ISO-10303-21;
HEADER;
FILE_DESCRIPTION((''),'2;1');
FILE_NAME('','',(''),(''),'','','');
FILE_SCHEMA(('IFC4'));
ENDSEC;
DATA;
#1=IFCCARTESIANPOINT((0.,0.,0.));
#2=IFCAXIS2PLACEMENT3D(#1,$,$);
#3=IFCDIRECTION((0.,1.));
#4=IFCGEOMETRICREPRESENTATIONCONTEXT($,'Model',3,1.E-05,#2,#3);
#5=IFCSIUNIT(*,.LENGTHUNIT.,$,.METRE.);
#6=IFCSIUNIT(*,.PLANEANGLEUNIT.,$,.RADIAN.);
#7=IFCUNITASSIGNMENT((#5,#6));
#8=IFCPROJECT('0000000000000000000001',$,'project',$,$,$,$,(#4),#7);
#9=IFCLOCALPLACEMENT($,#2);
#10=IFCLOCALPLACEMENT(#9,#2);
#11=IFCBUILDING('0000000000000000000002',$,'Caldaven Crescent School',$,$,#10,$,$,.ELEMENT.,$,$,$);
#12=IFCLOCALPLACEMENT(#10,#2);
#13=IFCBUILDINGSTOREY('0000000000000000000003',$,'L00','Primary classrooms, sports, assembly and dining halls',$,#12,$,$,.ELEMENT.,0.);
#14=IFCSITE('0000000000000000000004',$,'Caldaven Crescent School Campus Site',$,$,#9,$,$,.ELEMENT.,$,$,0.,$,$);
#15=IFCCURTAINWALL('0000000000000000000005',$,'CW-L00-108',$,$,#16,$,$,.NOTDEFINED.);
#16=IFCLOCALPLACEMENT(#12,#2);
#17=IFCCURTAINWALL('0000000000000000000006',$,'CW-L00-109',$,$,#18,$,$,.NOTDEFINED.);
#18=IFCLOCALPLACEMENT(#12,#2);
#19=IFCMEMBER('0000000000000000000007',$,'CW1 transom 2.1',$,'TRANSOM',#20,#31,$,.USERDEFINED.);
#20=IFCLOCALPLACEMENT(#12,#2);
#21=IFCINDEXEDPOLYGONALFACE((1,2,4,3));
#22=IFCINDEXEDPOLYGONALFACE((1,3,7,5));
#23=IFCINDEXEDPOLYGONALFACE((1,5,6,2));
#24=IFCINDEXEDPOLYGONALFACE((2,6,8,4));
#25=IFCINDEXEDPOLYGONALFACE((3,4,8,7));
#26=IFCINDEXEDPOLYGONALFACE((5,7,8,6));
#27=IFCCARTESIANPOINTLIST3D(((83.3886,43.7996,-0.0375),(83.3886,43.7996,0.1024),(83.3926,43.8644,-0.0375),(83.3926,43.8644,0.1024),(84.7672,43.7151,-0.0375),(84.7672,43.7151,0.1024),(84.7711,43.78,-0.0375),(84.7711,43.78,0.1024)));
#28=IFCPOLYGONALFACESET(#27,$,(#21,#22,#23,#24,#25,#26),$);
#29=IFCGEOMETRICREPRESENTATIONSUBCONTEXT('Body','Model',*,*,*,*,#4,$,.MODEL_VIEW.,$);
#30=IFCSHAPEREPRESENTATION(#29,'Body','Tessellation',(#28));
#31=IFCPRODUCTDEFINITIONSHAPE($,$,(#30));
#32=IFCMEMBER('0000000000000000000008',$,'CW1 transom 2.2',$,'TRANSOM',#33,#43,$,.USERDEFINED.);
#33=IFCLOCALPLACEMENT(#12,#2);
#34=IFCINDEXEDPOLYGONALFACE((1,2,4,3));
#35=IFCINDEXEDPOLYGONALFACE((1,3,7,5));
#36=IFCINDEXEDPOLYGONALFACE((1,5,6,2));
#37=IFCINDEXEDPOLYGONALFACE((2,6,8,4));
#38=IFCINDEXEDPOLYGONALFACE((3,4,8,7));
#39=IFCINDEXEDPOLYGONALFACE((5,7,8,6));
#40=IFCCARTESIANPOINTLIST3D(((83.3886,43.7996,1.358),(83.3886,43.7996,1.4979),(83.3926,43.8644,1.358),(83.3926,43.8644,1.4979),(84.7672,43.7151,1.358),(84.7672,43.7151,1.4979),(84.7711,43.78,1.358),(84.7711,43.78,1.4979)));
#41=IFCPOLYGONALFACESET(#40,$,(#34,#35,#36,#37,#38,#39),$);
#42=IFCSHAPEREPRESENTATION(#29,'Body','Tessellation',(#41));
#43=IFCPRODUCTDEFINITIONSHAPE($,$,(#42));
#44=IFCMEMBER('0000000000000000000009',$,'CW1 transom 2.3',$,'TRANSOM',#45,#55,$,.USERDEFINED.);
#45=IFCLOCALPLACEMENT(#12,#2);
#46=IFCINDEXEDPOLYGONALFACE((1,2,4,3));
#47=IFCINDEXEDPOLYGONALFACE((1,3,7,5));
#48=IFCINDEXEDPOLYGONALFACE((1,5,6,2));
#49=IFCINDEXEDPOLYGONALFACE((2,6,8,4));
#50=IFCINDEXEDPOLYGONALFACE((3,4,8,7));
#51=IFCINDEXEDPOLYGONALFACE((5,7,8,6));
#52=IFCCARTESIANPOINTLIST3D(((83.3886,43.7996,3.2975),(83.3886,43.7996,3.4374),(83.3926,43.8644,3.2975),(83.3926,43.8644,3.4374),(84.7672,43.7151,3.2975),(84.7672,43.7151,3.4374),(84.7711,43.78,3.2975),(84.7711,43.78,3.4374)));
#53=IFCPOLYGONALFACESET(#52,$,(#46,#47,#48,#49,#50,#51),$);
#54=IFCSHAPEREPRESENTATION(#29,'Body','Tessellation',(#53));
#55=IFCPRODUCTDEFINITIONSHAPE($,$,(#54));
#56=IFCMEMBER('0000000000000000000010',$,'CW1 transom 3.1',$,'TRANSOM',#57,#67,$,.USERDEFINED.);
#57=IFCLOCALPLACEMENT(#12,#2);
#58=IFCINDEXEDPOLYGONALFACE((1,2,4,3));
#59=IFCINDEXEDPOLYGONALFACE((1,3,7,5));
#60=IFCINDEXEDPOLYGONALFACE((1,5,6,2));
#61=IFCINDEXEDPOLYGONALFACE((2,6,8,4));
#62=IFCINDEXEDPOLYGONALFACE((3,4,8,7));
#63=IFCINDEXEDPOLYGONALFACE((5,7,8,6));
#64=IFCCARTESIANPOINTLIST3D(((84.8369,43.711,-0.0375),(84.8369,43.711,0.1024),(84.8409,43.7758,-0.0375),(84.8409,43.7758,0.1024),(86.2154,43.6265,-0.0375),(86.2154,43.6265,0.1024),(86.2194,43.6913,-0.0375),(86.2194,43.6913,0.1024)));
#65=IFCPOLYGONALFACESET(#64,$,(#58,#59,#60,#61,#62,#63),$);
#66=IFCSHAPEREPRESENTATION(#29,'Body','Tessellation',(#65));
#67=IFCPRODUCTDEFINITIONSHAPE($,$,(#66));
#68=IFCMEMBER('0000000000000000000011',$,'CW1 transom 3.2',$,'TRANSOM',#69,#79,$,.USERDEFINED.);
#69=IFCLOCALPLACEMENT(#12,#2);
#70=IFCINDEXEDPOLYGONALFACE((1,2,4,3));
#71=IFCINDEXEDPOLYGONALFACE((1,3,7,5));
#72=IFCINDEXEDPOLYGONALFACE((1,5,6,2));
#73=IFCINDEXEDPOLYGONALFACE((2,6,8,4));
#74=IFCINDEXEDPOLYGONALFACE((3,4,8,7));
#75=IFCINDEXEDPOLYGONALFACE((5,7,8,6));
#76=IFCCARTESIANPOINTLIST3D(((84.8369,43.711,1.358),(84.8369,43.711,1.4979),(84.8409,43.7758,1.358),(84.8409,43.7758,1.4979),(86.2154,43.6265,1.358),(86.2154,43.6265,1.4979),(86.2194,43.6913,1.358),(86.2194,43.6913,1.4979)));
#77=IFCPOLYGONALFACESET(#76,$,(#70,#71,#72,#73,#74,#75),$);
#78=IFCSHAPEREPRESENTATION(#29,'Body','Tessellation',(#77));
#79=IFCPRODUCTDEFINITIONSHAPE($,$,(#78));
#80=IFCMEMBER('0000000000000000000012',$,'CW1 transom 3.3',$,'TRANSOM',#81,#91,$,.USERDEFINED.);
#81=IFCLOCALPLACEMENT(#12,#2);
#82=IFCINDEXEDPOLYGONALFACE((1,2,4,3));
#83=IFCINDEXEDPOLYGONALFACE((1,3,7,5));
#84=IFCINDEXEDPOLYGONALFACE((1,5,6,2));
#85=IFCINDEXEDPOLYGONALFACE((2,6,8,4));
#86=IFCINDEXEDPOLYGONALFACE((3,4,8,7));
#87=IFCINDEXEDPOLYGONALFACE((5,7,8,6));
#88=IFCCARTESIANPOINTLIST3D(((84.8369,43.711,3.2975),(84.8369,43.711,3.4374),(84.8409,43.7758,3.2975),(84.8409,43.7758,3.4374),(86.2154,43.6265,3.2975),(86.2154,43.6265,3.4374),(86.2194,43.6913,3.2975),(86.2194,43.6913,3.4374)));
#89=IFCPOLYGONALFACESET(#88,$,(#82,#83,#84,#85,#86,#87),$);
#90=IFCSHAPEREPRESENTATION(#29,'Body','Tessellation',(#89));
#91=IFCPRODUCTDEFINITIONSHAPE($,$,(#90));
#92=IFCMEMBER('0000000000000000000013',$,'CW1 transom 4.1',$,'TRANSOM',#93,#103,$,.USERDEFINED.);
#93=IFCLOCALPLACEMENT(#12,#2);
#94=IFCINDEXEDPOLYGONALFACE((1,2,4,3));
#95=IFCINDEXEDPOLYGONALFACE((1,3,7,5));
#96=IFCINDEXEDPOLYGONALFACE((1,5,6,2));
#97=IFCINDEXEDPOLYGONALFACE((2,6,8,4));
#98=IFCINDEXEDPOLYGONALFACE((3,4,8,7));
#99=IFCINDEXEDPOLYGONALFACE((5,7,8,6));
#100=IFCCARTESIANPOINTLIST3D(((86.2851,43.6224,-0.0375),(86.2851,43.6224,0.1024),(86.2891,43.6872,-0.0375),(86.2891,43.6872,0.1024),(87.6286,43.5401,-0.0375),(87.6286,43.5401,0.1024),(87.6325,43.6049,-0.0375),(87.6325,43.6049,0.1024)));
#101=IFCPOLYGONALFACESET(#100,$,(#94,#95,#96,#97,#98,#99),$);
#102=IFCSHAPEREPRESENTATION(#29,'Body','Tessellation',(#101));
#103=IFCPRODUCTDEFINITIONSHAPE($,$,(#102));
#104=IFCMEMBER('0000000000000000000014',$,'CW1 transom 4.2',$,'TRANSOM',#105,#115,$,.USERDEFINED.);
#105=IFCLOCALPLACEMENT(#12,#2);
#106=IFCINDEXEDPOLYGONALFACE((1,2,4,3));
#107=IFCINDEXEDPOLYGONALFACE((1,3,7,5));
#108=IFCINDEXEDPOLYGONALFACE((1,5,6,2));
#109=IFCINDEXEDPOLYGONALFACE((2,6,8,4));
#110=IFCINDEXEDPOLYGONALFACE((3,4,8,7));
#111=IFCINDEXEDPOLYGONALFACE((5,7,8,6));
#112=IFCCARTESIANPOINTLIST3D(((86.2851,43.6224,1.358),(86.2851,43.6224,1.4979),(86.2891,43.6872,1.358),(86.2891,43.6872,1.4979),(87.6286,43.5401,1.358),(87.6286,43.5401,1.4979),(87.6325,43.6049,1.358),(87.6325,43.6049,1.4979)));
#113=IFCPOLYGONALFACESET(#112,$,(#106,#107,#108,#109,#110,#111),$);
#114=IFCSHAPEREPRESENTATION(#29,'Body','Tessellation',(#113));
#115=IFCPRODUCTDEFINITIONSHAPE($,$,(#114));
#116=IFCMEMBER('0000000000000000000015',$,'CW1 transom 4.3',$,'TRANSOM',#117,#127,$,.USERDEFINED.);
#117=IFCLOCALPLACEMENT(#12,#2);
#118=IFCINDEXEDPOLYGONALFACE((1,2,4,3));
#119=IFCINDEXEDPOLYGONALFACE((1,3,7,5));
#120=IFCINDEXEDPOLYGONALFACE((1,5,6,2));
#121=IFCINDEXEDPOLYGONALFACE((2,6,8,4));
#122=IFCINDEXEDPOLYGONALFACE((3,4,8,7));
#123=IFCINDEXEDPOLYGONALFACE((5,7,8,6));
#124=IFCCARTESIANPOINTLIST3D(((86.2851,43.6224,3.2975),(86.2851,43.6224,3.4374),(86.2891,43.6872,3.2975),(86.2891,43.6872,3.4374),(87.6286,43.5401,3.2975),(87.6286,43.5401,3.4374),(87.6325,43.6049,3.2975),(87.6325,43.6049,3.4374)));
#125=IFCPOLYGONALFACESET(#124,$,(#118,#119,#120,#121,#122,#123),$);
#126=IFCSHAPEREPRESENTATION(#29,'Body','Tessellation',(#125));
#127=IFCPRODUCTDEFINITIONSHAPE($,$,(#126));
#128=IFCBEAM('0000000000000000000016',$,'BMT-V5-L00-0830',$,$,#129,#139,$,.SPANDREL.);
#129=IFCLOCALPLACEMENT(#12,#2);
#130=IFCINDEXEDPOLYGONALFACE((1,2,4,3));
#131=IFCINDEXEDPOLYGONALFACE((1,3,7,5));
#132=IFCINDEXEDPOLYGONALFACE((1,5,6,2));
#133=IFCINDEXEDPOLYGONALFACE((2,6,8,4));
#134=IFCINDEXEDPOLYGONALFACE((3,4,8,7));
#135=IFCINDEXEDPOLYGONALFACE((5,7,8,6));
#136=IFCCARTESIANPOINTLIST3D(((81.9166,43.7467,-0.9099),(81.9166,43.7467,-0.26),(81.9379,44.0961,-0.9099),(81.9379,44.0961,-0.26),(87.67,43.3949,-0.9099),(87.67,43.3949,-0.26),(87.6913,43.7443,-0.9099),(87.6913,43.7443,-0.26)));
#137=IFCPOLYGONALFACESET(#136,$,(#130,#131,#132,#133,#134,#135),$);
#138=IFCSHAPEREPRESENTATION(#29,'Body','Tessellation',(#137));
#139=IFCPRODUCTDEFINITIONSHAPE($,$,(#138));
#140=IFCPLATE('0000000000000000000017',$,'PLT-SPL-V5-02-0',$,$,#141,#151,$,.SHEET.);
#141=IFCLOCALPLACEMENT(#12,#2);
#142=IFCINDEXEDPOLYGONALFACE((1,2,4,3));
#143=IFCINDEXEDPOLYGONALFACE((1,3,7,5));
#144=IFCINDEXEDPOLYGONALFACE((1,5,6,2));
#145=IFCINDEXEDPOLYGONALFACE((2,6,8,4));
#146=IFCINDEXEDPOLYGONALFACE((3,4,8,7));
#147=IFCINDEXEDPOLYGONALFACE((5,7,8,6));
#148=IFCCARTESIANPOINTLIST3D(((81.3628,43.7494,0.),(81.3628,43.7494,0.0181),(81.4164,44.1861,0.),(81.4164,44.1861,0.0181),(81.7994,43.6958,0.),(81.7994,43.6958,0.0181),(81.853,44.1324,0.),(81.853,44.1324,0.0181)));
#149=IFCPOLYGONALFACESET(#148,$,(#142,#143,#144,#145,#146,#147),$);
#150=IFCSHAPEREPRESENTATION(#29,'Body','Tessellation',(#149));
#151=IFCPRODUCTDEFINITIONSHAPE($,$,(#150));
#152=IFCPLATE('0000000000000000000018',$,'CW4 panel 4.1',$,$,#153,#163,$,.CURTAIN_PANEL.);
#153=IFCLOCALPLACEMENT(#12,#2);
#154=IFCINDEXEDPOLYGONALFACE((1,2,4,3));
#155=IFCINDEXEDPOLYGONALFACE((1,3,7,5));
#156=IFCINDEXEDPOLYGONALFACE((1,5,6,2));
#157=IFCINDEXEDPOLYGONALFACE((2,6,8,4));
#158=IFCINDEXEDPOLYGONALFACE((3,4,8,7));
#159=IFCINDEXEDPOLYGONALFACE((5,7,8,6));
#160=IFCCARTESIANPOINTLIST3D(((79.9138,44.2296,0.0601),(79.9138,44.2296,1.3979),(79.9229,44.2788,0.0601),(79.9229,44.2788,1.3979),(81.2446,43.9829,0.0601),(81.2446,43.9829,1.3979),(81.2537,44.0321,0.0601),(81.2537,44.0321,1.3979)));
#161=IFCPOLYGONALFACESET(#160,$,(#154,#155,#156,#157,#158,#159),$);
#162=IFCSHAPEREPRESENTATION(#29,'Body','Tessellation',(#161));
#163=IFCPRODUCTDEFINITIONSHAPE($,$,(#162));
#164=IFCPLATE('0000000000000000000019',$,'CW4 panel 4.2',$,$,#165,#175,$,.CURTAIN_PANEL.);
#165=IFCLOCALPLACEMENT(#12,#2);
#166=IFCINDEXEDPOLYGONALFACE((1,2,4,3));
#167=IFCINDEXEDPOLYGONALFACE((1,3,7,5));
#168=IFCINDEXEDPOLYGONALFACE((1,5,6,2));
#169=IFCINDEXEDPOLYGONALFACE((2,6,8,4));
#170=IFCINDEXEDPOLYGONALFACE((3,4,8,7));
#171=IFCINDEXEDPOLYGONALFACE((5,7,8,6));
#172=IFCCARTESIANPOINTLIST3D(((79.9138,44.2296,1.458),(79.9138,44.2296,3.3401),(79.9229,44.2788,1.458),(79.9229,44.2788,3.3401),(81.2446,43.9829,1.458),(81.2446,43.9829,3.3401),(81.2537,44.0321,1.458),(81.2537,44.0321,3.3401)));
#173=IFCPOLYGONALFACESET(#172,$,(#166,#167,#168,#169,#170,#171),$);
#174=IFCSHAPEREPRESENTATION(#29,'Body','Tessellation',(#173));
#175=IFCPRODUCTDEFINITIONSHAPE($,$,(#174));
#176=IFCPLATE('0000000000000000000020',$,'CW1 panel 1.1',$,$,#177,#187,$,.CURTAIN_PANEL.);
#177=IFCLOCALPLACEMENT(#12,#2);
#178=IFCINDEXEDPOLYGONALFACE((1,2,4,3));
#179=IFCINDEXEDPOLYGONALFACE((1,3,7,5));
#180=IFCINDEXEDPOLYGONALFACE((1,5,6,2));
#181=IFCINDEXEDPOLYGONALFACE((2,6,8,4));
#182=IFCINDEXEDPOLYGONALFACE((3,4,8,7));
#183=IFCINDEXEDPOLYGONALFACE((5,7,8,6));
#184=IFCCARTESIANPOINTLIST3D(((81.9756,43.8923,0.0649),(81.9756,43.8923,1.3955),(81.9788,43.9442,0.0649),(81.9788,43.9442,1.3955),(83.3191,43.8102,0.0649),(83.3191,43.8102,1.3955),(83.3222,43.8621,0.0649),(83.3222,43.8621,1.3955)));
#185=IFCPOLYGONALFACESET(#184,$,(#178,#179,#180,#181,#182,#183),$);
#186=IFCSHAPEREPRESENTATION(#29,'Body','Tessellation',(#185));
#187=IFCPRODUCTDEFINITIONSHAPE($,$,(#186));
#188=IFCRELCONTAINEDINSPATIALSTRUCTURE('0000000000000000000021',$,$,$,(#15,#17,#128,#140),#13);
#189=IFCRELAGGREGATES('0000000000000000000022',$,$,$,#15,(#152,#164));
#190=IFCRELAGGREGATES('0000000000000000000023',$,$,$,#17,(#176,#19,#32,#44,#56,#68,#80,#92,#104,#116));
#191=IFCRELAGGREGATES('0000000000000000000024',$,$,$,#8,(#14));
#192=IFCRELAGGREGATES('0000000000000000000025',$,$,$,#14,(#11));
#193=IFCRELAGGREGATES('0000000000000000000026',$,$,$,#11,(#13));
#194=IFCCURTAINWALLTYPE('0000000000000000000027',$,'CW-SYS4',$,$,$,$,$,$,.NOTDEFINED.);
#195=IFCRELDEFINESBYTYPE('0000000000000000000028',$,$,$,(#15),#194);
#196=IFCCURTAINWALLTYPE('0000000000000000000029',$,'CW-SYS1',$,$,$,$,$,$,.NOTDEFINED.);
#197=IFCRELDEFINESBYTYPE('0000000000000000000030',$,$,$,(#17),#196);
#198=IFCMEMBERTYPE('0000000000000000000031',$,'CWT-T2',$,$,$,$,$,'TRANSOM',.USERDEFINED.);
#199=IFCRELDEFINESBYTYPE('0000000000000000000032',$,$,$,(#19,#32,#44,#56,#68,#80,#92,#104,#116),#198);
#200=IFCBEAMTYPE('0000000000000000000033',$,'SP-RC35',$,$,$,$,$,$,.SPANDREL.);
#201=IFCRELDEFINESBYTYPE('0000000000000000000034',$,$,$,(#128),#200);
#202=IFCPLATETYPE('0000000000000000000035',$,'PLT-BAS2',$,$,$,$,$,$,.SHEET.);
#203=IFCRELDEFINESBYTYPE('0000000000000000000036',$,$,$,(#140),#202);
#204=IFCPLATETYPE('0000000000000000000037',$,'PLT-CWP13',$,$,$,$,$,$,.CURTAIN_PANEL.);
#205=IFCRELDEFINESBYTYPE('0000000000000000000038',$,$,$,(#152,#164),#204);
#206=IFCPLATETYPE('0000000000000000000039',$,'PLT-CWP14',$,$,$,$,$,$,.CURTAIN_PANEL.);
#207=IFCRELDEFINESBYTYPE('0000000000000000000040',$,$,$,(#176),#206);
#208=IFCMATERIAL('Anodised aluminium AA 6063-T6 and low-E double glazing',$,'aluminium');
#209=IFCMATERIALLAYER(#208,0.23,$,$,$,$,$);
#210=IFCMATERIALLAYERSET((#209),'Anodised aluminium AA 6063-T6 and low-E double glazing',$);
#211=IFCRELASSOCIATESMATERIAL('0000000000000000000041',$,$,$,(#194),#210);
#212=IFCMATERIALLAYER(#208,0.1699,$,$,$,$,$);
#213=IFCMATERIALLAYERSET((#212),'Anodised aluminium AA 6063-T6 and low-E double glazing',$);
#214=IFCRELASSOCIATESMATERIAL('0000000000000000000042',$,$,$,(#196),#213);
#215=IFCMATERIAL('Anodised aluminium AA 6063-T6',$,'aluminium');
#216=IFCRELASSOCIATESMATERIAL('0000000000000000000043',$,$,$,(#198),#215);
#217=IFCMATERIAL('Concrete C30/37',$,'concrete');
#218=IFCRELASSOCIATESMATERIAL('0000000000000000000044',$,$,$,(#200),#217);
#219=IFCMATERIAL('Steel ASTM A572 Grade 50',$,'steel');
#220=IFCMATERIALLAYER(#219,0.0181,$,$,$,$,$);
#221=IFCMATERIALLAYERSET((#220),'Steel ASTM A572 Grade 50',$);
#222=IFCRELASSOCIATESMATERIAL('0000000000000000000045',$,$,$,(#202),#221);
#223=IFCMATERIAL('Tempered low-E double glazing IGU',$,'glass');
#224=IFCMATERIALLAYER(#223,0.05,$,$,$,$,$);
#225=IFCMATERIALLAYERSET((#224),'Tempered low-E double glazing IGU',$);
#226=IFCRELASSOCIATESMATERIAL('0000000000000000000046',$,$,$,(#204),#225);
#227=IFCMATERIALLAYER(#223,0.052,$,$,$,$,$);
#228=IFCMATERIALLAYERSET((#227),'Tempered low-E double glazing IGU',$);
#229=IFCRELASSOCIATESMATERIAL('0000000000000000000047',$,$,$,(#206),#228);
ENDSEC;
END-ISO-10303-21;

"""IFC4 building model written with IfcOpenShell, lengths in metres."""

from ifc_helpers import new_model, si_unit, direction, frame, origin, origin_2d, place, context, subcontext, project, spatial, rectangle, extrude, material, layer, layer_set, material_profile, profile_set, type_object, element, aggregate, save


model = new_model("IFC4")

# Units and contexts
model_context = context("Model", 3, precision=1e-05, world=origin(), true_north=direction((0.0, 1.0)))
body_context = subcontext(model_context, "Body", "Model", "MODEL_VIEW")
ifc_project = project(units=[si_unit("LENGTHUNIT", "METRE"), si_unit("PLANEANGLEUNIT", "RADIAN")], contexts=[model_context])

# Site, building, storey
site_placement = place(None, origin())
site = spatial("IfcSite", under=ifc_project, at=site_placement, Name="Caldaven Crescent School Campus Site", CompositionType="ELEMENT", RefElevation=0.0)
building_placement = place(site_placement, origin())
building = spatial("IfcBuilding", under=site, at=building_placement, Name="Caldaven Crescent School", CompositionType="ELEMENT")
storey_placement = place(building_placement, origin())
storey = spatial("IfcBuildingStorey", under=building, at=storey_placement, Name="L00", Description="Primary classrooms, sports, assembly and dining halls", CompositionType="ELEMENT", Elevation=0.0)

# Shared definitions
ifc_material_1 = material(Name="Concrete C30/37", Category="concrete")

# Curtain wall
ifc_material_2 = material(Name="Anodised aluminium AA 6063-T6 and low-E double glazing", Category="aluminium")
ifc_layer_1 = layer(ifc_material_2, 0.23)
ifc_layer_set_1 = layer_set([ifc_layer_1], Name="Anodised aluminium AA 6063-T6 and low-E double glazing")
curtain_wall_type_1 = type_object("IfcCurtainWallType", Name="CW-SYS4", PredefinedType="NOTDEFINED", material=ifc_layer_set_1)
curtain_wall_1_placement = place(storey_placement, origin())
curtain_wall_1 = element("IfcCurtainWall", 1, at=curtain_wall_1_placement, inside=storey, type_object=curtain_wall_type_1, Name="CW-L00-108", PredefinedType="NOTDEFINED")
ifc_material_3 = material(Name="Anodised aluminium AA 6063-T6", Category="aluminium")

# Curtain wall, members
ifc_layer_2 = layer(ifc_material_2, 0.1699)
ifc_layer_set_2 = layer_set([ifc_layer_2], Name="Anodised aluminium AA 6063-T6 and low-E double glazing")
curtain_wall_type_2 = type_object("IfcCurtainWallType", Name="CW-SYS1", PredefinedType="NOTDEFINED", material=ifc_layer_set_2)
curtain_wall_2_placement = place(storey_placement, origin())
curtain_wall_2 = element("IfcCurtainWall", 2, at=curtain_wall_2_placement, inside=storey, type_object=curtain_wall_type_2, Name="CW-L00-109", PredefinedType="NOTDEFINED")
ifc_material_profile_1 = material_profile(ifc_material_3, rectangle(XDim=0.0649, YDim=0.1399, at=origin_2d()), Name="CWT 65x140")
ifc_profile_set_1 = profile_set([ifc_material_profile_1], Name="Anodised aluminium AA 6063-T6")
member_type_1 = type_object("IfcMemberType", Name="CWT-T2", ElementType="TRANSOM", PredefinedType="USERDEFINED", material=ifc_profile_set_1)
member_1_placement = place(storey_placement, frame((83.3906, 43.832, 0.0325), z_axis=(0.998128, -0.061168, 0.0), x_axis=(0.061168, 0.998128, 0.0)))
member_1 = element("IfcMember", 3, at=member_1_placement, type_object=member_type_1, Name="CW1 transom 2.1", ObjectType="TRANSOM", PredefinedType="USERDEFINED", context=body_context, shape_type="SweptSolid", body=[
    extrude(rectangle(XDim=0.0649, YDim=0.1399, at=origin_2d()), origin(), (0.0, 0.0, 1.0), 1.3811),
])
member_2_placement = place(storey_placement, frame((83.3906, 43.832, 1.428), z_axis=(0.998128, -0.061168, 0.0), x_axis=(0.061168, 0.998128, 0.0)))
member_2 = element("IfcMember", 4, at=member_2_placement, type_object=member_type_1, Name="CW1 transom 2.2", ObjectType="TRANSOM", PredefinedType="USERDEFINED", context=body_context, shape_type="SweptSolid", body=[
    extrude(rectangle(XDim=0.0649, YDim=0.1399, at=origin_2d()), origin(), (0.0, 0.0, 1.0), 1.3811),
])
member_3_placement = place(storey_placement, frame((83.3906, 43.832, 3.3674), z_axis=(0.998128, -0.061168, 0.0), x_axis=(0.061168, 0.998128, 0.0)))
member_3 = element("IfcMember", 5, at=member_3_placement, type_object=member_type_1, Name="CW1 transom 2.3", ObjectType="TRANSOM", PredefinedType="USERDEFINED", context=body_context, shape_type="SweptSolid", body=[
    extrude(rectangle(XDim=0.0649, YDim=0.1399, at=origin_2d()), origin(), (0.0, 0.0, 1.0), 1.3811),
])
member_4_placement = place(storey_placement, frame((84.8389, 43.7434, 0.0325), z_axis=(0.998128, -0.061168, 0.0), x_axis=(0.061168, 0.998128, 0.0)))
member_4 = element("IfcMember", 6, at=member_4_placement, type_object=member_type_1, Name="CW1 transom 3.1", ObjectType="TRANSOM", PredefinedType="USERDEFINED", context=body_context, shape_type="SweptSolid", body=[
    extrude(rectangle(XDim=0.0649, YDim=0.1399, at=origin_2d()), origin(), (0.0, 0.0, 1.0), 1.3811),
])
member_5_placement = place(storey_placement, frame((84.8389, 43.7434, 1.428), z_axis=(0.998128, -0.061168, 0.0), x_axis=(0.061168, 0.998128, 0.0)))
member_5 = element("IfcMember", 7, at=member_5_placement, type_object=member_type_1, Name="CW1 transom 3.2", ObjectType="TRANSOM", PredefinedType="USERDEFINED", context=body_context, shape_type="SweptSolid", body=[
    extrude(rectangle(XDim=0.0649, YDim=0.1399, at=origin_2d()), origin(), (0.0, 0.0, 1.0), 1.3811),
])
member_6_placement = place(storey_placement, frame((84.8389, 43.7434, 3.3674), z_axis=(0.998128, -0.061168, 0.0), x_axis=(0.061168, 0.998128, 0.0)))
member_6 = element("IfcMember", 8, at=member_6_placement, type_object=member_type_1, Name="CW1 transom 3.3", ObjectType="TRANSOM", PredefinedType="USERDEFINED", context=body_context, shape_type="SweptSolid", body=[
    extrude(rectangle(XDim=0.0649, YDim=0.1399, at=origin_2d()), origin(), (0.0, 0.0, 1.0), 1.3811),
])
member_7_placement = place(storey_placement, frame((86.2871, 43.6548, 0.0325), z_axis=(0.99813, -0.061125, 0.0), x_axis=(0.061125, 0.99813, 0.0)))
member_7 = element("IfcMember", 9, at=member_7_placement, type_object=member_type_1, Name="CW1 transom 4.1", ObjectType="TRANSOM", PredefinedType="USERDEFINED", context=body_context, shape_type="SweptSolid", body=[
    extrude(rectangle(XDim=0.0649, YDim=0.1399, at=origin_2d()), origin(), (0.0, 0.0, 1.0), 1.3459),
])
member_8_placement = place(storey_placement, frame((86.2871, 43.6548, 1.428), z_axis=(0.99813, -0.061125, 0.0), x_axis=(0.061125, 0.99813, 0.0)))
member_8 = element("IfcMember", 10, at=member_8_placement, type_object=member_type_1, Name="CW1 transom 4.2", ObjectType="TRANSOM", PredefinedType="USERDEFINED", context=body_context, shape_type="SweptSolid", body=[
    extrude(rectangle(XDim=0.0649, YDim=0.1399, at=origin_2d()), origin(), (0.0, 0.0, 1.0), 1.3459),
])
member_9_placement = place(storey_placement, frame((86.2871, 43.6548, 3.3674), z_axis=(0.99813, -0.061125, 0.0), x_axis=(0.061125, 0.99813, 0.0)))
member_9 = element("IfcMember", 11, at=member_9_placement, type_object=member_type_1, Name="CW1 transom 4.3", ObjectType="TRANSOM", PredefinedType="USERDEFINED", context=body_context, shape_type="SweptSolid", body=[
    extrude(rectangle(XDim=0.0649, YDim=0.1399, at=origin_2d()), origin(), (0.0, 0.0, 1.0), 1.3459),
])

# Beam
ifc_material_profile_2 = material_profile(ifc_material_1, rectangle(XDim=0.3501, YDim=0.6499, at=origin_2d()), Name="RC 350x650")
ifc_profile_set_2 = profile_set([ifc_material_profile_2], Name="Concrete C30/37")
beam_type_1 = type_object("IfcBeamType", Name="SP-RC35", PredefinedType="SPANDREL", material=ifc_profile_set_2)
beam_1_placement = place(storey_placement, frame((81.9272, 43.9214, -0.585), z_axis=(0.998136, -0.061033, 0.0), x_axis=(0.061033, 0.998136, 0.0)))
element("IfcBeam", 12, at=beam_1_placement, inside=storey, type_object=beam_type_1, Name="BMT-V5-L00-0830", PredefinedType="SPANDREL", context=body_context, shape_type="SweptSolid", body=[
    extrude(rectangle(XDim=0.3501, YDim=0.6499, at=origin_2d()), origin(), (0.0, 0.0, 1.0), 5.7642),
])

# Plates
ifc_material_4 = material(Name="Steel ASTM A572 Grade 50", Category="steel")
ifc_layer_3 = layer(ifc_material_4, 0.0181)
ifc_layer_set_3 = layer_set([ifc_layer_3], Name="Steel ASTM A572 Grade 50")
plate_type_1 = type_object("IfcPlateType", Name="PLT-BAS2", PredefinedType="SHEET", material=ifc_layer_set_3)
plate_1_placement = place(storey_placement, frame((81.6079, 43.9409, 0.0), z_axis=(0.0, 0.0, 1.0), x_axis=(-0.121869, -0.992546, 0.0)))
element("IfcPlate", 13, at=plate_1_placement, inside=storey, type_object=plate_type_1, Name="PLT-SPL-V5-02-0", PredefinedType="SHEET", context=body_context, shape_type="SweptSolid", body=[
    extrude(rectangle(XDim=0.4399, YDim=0.4399, at=origin_2d()), origin(), (0.0, 0.0, 1.0), 0.0181),
])
ifc_material_5 = material(Name="Tempered low-E double glazing IGU", Category="glass")
ifc_layer_4 = layer(ifc_material_5, 0.05)
ifc_layer_set_4 = layer_set([ifc_layer_4], Name="Tempered low-E double glazing IGU")
plate_type_2 = type_object("IfcPlateType", Name="PLT-CWP13", PredefinedType="CURTAIN_PANEL", material=ifc_layer_set_4)
plate_2_placement = place(storey_placement, frame((80.5837, 44.1309, 0.0601), z_axis=(0.0, 0.0, 1.0), x_axis=(0.983255, -0.182236, 0.0)))
plate_2 = element("IfcPlate", 14, at=plate_2_placement, type_object=plate_type_2, Name="CW4 panel 4.1", PredefinedType="CURTAIN_PANEL", context=body_context, shape_type="SweptSolid", body=[
    extrude(rectangle(XDim=1.3535, YDim=0.05, at=origin_2d()), origin(), (0.0, 0.0, 1.0), 1.3379),
])
plate_3_placement = place(storey_placement, frame((80.5837, 44.1309, 1.458), z_axis=(0.0, 0.0, 1.0), x_axis=(0.983255, -0.182236, 0.0)))
plate_3 = element("IfcPlate", 15, at=plate_3_placement, type_object=plate_type_2, Name="CW4 panel 4.2", PredefinedType="CURTAIN_PANEL", context=body_context, shape_type="SweptSolid", body=[
    extrude(rectangle(XDim=1.3535, YDim=0.05, at=origin_2d()), origin(), (0.0, 0.0, 1.0), 1.8821),
])
aggregate(curtain_wall_1, [plate_2, plate_3])
ifc_layer_5 = layer(ifc_material_5, 0.052)
ifc_layer_set_5 = layer_set([ifc_layer_5], Name="Tempered low-E double glazing IGU")
plate_type_3 = type_object("IfcPlateType", Name="PLT-CWP14", PredefinedType="CURTAIN_PANEL", material=ifc_layer_set_5)
plate_4_placement = place(storey_placement, frame((82.6489, 43.8772, 0.0649), z_axis=(0.0, 0.0, 1.0), x_axis=(0.998135, -0.061049, 0.0)))
plate_4 = element("IfcPlate", 16, at=plate_4_placement, type_object=plate_type_3, Name="CW1 panel 1.1", PredefinedType="CURTAIN_PANEL", context=body_context, shape_type="SweptSolid", body=[
    extrude(rectangle(XDim=1.3459, YDim=0.052, at=origin_2d()), origin(), (0.0, 0.0, 1.0), 1.3306),
])
aggregate(curtain_wall_2, [plate_4, member_1, member_2, member_3, member_4, member_5, member_6, member_7, member_8, member_9])

save(model, "model.ifc")
